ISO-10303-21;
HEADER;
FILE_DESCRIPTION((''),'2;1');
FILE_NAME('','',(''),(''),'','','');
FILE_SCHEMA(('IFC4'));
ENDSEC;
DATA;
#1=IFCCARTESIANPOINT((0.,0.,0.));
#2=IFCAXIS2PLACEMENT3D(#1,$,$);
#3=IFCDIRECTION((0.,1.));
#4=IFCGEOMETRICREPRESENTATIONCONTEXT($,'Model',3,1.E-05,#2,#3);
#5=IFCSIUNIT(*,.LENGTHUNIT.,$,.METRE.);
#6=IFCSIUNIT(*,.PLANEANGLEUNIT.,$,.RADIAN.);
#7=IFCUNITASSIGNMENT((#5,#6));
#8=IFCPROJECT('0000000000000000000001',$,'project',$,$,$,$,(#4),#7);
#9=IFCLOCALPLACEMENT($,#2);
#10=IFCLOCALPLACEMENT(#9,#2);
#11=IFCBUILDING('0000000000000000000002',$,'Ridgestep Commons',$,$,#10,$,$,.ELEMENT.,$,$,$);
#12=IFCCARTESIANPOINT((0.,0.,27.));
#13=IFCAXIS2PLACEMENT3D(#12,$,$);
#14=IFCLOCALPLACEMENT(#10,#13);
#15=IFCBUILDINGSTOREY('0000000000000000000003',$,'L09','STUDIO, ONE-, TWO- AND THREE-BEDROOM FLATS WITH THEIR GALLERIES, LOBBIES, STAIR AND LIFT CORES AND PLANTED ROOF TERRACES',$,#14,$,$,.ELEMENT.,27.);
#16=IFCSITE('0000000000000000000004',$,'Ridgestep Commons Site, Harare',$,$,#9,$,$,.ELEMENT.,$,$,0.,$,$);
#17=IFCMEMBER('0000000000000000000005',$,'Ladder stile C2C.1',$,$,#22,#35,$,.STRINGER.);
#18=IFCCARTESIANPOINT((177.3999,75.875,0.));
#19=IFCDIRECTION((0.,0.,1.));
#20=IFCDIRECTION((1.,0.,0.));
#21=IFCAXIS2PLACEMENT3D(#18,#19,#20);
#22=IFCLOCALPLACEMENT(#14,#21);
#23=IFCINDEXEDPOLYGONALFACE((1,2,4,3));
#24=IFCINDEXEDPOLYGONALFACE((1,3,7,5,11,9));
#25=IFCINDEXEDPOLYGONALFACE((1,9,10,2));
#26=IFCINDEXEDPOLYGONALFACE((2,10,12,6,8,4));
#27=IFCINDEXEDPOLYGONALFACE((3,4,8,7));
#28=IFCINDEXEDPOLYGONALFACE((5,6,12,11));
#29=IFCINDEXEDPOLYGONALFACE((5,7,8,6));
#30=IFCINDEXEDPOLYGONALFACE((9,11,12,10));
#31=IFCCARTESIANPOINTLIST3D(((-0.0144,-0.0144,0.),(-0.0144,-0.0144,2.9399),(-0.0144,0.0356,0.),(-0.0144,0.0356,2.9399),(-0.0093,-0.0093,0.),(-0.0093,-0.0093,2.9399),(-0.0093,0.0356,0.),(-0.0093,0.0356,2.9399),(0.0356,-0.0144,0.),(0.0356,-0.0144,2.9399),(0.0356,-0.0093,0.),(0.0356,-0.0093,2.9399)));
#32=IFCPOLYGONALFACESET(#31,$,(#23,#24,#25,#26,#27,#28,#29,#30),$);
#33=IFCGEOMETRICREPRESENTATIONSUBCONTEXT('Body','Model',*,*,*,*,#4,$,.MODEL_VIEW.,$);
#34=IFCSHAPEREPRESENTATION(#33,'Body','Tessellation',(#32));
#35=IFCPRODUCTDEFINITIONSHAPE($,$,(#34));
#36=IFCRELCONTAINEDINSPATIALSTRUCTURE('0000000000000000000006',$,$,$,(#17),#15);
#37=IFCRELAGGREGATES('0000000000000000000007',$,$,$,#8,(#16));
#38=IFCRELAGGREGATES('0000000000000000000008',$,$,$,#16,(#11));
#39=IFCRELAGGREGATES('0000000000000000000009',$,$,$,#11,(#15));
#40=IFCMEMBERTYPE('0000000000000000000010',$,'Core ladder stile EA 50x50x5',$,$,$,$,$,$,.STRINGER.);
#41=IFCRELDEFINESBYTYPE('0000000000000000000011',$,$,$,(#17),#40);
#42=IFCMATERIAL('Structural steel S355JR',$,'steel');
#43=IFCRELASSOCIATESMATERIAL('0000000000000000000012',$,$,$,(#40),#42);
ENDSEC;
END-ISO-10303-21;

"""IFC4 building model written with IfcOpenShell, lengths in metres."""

from ifc_helpers import new_model, si_unit, direction, frame, origin, place, context, subcontext, project, spatial, polyline, outline, extrude, material, material_profile, profile_set, type_object, element, save


model = new_model("IFC4")

# Units and contexts
model_context = context("Model", 3, precision=1e-05, world=origin(), true_north=direction((0.0, 1.0)))
body_context = subcontext(model_context, "Body", "Model", "MODEL_VIEW")
ifc_project = project(units=[si_unit("LENGTHUNIT", "METRE"), si_unit("PLANEANGLEUNIT", "RADIAN")], contexts=[model_context])

# Site, building, storey
site_placement = place(None, origin())
site = spatial("IfcSite", under=ifc_project, at=site_placement, Name="Ridgestep Commons Site, Harare", CompositionType="ELEMENT", RefElevation=0.0)
building_placement = place(site_placement, origin())
building = spatial("IfcBuilding", under=site, at=building_placement, Name="Ridgestep Commons", CompositionType="ELEMENT")
storey_placement = place(building_placement, frame((0.0, 0.0, 27.0)))
storey = spatial("IfcBuildingStorey", under=building, at=storey_placement, Name="L09", Description="STUDIO, ONE-, TWO- AND THREE-BEDROOM FLATS WITH THEIR GALLERIES, LOBBIES, STAIR AND LIFT CORES AND PLANTED ROOF TERRACES", CompositionType="ELEMENT", Elevation=27.0)

# Member
ifc_material_1 = material(Name="Structural steel S355JR", Category="steel")
ifc_material_profile_1 = material_profile(ifc_material_1, outline(polyline([(-0.0144, -0.0144), (0.0356, -0.0144), (0.0356, -0.0093), (-0.0093, -0.0093), (-0.0093, 0.0356), (-0.0144, 0.0356), (-0.0144, -0.0144)])), Name="EA 50x50x5")
ifc_profile_set_1 = profile_set([ifc_material_profile_1], Name="Structural steel S355JR")
member_type = type_object("IfcMemberType", Name="Core ladder stile EA 50x50x5", PredefinedType="STRINGER", material=ifc_profile_set_1)
member_placement = place(storey_placement, frame((177.3999, 75.875, 0.0), z_axis=(0.0, 0.0, 1.0), x_axis=(1.0, 0.0, 0.0)))
element("IfcMember", 1, at=member_placement, inside=storey, type_object=member_type, Name="Ladder stile C2C.1", PredefinedType="STRINGER", context=body_context, shape_type="SweptSolid", body=[
    extrude(outline(polyline([(-0.0144, -0.0144), (0.0356, -0.0144), (0.0356, -0.0093), (-0.0093, -0.0093), (-0.0093, 0.0356), (-0.0144, 0.0356), (-0.0144, -0.0144)])), origin(), (0.0, 0.0, 1.0), 2.9399),
])

save(model, "model.ifc")
